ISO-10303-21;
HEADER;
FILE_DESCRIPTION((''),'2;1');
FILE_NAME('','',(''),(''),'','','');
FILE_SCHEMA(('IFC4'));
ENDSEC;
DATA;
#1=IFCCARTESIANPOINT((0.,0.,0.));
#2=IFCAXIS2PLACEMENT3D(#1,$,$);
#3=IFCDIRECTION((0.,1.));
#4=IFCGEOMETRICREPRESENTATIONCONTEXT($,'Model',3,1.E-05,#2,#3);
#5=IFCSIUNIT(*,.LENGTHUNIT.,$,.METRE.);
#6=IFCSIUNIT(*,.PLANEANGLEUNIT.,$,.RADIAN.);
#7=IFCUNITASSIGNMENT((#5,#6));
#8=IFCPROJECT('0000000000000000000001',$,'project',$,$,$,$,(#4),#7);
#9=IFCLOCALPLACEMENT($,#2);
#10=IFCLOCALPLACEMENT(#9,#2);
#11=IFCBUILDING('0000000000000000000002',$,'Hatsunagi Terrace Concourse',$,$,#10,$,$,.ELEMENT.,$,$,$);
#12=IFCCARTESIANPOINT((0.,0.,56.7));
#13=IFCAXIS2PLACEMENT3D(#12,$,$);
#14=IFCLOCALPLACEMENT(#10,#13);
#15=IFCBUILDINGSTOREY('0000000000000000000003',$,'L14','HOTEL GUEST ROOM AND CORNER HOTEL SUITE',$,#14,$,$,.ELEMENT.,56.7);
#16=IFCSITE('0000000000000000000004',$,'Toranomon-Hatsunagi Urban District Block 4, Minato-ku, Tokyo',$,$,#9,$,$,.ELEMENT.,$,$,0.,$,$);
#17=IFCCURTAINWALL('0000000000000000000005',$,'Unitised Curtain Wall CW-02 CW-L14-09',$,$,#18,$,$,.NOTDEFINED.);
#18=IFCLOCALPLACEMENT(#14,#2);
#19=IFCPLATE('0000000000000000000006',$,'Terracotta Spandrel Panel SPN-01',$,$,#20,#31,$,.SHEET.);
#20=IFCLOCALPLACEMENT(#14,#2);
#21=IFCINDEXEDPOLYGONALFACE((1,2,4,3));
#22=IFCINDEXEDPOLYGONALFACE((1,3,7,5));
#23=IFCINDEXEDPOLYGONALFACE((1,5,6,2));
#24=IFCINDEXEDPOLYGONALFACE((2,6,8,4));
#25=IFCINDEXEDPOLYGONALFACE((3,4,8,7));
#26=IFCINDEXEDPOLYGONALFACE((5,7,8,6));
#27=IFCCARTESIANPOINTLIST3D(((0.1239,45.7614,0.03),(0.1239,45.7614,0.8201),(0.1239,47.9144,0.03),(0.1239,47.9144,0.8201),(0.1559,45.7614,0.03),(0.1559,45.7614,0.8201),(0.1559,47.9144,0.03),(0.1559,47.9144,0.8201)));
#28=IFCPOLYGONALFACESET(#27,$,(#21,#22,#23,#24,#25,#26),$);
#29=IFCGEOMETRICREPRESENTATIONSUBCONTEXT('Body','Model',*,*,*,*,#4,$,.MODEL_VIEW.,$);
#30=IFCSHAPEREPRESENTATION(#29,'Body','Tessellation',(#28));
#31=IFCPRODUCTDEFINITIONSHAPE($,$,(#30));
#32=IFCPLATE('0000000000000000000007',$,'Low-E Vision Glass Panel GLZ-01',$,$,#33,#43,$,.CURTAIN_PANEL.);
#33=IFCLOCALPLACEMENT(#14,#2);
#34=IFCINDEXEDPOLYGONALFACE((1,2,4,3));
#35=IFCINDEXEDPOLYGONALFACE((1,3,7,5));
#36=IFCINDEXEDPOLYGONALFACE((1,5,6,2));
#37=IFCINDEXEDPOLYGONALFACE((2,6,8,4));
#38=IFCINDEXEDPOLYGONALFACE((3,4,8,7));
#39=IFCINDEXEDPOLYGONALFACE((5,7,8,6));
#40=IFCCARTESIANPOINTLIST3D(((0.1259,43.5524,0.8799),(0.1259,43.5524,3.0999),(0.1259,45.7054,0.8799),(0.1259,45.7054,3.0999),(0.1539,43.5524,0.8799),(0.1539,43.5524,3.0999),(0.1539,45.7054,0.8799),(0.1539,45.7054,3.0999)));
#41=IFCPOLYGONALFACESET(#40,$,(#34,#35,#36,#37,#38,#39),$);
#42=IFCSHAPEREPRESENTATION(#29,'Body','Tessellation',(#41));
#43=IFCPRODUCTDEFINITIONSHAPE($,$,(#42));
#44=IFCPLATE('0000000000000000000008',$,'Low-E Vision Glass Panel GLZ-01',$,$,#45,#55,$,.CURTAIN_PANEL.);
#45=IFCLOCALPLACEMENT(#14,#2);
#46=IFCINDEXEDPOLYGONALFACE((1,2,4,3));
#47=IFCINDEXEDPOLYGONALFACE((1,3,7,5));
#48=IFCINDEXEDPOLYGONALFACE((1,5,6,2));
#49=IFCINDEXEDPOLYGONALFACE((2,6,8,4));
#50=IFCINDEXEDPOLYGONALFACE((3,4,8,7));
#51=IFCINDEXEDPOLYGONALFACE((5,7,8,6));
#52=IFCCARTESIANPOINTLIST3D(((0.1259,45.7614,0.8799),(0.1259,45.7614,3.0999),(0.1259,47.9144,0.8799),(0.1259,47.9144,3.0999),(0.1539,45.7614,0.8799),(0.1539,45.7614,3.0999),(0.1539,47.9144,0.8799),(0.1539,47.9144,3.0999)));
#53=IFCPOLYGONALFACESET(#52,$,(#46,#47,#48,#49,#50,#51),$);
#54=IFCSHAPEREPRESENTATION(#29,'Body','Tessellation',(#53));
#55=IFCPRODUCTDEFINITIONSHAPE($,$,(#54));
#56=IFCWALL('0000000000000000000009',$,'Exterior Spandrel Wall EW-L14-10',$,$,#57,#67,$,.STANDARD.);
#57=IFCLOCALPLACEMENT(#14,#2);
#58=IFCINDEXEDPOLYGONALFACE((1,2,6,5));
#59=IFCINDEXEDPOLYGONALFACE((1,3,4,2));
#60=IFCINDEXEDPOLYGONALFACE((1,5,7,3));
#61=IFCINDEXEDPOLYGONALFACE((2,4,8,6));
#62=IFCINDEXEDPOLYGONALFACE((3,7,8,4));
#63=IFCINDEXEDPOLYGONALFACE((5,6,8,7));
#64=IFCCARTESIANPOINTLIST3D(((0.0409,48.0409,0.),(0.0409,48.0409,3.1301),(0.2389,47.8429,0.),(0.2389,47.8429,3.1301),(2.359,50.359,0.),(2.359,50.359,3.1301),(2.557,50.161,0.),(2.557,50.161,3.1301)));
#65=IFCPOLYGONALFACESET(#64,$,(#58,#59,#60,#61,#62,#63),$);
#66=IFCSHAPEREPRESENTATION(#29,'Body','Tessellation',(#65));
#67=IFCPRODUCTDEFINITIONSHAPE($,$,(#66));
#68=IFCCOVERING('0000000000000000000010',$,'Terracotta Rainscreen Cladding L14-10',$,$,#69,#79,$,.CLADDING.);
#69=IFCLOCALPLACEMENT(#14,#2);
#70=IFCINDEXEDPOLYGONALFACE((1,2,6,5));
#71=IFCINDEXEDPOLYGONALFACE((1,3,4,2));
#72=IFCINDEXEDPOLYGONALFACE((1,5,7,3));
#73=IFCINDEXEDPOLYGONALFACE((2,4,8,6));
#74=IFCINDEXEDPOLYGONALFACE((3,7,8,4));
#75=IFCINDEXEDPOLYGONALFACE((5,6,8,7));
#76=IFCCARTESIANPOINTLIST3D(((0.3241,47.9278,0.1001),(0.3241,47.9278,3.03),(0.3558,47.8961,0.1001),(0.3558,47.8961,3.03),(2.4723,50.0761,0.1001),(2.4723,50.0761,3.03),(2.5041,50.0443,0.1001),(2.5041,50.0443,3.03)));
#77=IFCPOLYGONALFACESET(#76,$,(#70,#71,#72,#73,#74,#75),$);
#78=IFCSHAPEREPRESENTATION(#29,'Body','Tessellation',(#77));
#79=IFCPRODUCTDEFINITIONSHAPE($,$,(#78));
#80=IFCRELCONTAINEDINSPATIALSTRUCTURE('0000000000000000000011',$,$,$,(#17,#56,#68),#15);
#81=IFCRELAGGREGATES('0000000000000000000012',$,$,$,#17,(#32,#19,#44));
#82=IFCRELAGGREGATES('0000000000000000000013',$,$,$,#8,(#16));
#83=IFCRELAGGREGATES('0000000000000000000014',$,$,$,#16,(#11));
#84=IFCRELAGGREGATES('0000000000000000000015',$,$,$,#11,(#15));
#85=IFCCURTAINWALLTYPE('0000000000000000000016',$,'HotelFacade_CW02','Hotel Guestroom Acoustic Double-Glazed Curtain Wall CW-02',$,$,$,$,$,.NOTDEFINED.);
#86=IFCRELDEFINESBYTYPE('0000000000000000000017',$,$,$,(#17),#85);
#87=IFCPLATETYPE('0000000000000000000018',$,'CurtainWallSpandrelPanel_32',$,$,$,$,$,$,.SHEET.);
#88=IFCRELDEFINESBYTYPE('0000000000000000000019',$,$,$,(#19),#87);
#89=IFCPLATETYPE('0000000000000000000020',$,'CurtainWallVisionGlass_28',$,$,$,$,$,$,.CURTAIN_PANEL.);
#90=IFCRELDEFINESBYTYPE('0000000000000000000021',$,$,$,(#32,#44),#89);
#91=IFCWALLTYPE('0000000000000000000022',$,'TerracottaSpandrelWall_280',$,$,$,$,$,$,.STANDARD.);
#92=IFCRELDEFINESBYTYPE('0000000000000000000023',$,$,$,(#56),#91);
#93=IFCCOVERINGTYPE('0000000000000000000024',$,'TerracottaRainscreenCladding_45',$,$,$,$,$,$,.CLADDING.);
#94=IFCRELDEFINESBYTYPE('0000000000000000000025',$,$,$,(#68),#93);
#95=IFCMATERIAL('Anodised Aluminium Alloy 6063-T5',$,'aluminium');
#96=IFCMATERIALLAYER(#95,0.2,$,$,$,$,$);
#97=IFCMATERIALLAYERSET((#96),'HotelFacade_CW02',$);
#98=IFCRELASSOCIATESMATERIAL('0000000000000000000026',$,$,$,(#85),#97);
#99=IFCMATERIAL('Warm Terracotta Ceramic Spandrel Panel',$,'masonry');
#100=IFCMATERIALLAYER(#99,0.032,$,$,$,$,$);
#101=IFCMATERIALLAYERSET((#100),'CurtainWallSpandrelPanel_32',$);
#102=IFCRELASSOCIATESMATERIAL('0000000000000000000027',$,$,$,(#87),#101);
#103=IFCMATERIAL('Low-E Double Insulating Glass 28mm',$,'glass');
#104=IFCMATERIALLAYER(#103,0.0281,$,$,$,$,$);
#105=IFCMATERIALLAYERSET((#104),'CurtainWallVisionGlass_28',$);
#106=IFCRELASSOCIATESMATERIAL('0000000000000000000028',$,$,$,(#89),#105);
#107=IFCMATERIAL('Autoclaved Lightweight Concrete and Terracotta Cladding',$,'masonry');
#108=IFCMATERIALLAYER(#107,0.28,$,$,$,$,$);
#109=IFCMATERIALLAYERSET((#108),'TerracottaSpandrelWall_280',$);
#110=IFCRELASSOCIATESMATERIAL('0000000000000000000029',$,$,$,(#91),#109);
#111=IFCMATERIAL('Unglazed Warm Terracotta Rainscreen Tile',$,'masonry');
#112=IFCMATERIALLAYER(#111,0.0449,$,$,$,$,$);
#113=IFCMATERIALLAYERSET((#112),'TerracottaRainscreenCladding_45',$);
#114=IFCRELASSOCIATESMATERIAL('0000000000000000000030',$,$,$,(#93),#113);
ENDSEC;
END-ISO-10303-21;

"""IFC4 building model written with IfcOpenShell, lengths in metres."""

from ifc_helpers import new_model, si_unit, direction, frame, frame_2d, origin, origin_2d, place, context, subcontext, project, spatial, rectangle, extrude, material, layer, layer_set, type_object, element, aggregate, save


model = new_model("IFC4")

# Units and contexts
model_context = context("Model", 3, precision=1e-05, world=origin(), true_north=direction((0.0, 1.0)))
body_context = subcontext(model_context, "Body", "Model", "MODEL_VIEW")
ifc_project = project(units=[si_unit("LENGTHUNIT", "METRE"), si_unit("PLANEANGLEUNIT", "RADIAN")], contexts=[model_context])

# Site, building, storey
site_placement = place(None, origin())
site = spatial("IfcSite", under=ifc_project, at=site_placement, Name="Toranomon-Hatsunagi Urban District Block 4, Minato-ku, Tokyo", CompositionType="ELEMENT", RefElevation=0.0)
building_placement = place(site_placement, origin())
building = spatial("IfcBuilding", under=site, at=building_placement, Name="Hatsunagi Terrace Concourse", CompositionType="ELEMENT")
storey_placement = place(building_placement, frame((0.0, 0.0, 56.7)))
storey = spatial("IfcBuildingStorey", under=building, at=storey_placement, Name="L14", Description="HOTEL GUEST ROOM AND CORNER HOTEL SUITE", CompositionType="ELEMENT", Elevation=56.7)

# Curtain wall
ifc_material_1 = material(Name="Anodised Aluminium Alloy 6063-T5", Category="aluminium")
ifc_layer_1 = layer(ifc_material_1, 0.2)
ifc_layer_set_1 = layer_set([ifc_layer_1], Name="HotelFacade_CW02")
curtain_wall_type = type_object("IfcCurtainWallType", Name="HotelFacade_CW02", Description="Hotel Guestroom Acoustic Double-Glazed Curtain Wall CW-02", PredefinedType="NOTDEFINED", material=ifc_layer_set_1)
curtain_wall_placement = place(storey_placement, origin())
curtain_wall = element("IfcCurtainWall", 1, at=curtain_wall_placement, inside=storey, type_object=curtain_wall_type, Name="Unitised Curtain Wall CW-02 CW-L14-09", PredefinedType="NOTDEFINED")

# Plates
ifc_material_2 = material(Name="Warm Terracotta Ceramic Spandrel Panel", Category="masonry")
ifc_layer_2 = layer(ifc_material_2, 0.032)
ifc_layer_set_2 = layer_set([ifc_layer_2], Name="CurtainWallSpandrelPanel_32")
plate_type_1 = type_object("IfcPlateType", Name="CurtainWallSpandrelPanel_32", PredefinedType="SHEET", material=ifc_layer_set_2)
plate_1_placement = place(storey_placement, frame((0.1399, 46.8379, 0.03), z_axis=(0.0, 0.0, 1.0), x_axis=(0.0, 1.0, 0.0)))
plate_1 = element("IfcPlate", 2, at=plate_1_placement, type_object=plate_type_1, Name="Terracotta Spandrel Panel SPN-01", PredefinedType="SHEET", context=body_context, shape_type="SweptSolid", body=[
    extrude(rectangle(XDim=2.1531, YDim=0.032, at=origin_2d()), origin(), (0.0, 0.0, 1.0), 0.79),
])
ifc_material_3 = material(Name="Low-E Double Insulating Glass 28mm", Category="glass")
ifc_layer_3 = layer(ifc_material_3, 0.0281)
ifc_layer_set_3 = layer_set([ifc_layer_3], Name="CurtainWallVisionGlass_28")
plate_type_2 = type_object("IfcPlateType", Name="CurtainWallVisionGlass_28", PredefinedType="CURTAIN_PANEL", material=ifc_layer_set_3)
plate_2_placement = place(storey_placement, frame((0.1399, 44.6289, 0.8799), z_axis=(0.0, 0.0, 1.0), x_axis=(0.0, 1.0, 0.0)))
plate_2 = element("IfcPlate", 3, at=plate_2_placement, type_object=plate_type_2, Name="Low-E Vision Glass Panel GLZ-01", PredefinedType="CURTAIN_PANEL", context=body_context, shape_type="SweptSolid", body=[
    extrude(rectangle(XDim=2.1531, YDim=0.0281, at=origin_2d()), origin(), (0.0, 0.0, 1.0), 2.22),
])
plate_3_placement = place(storey_placement, frame((0.1399, 46.8379, 0.8799), z_axis=(0.0, 0.0, 1.0), x_axis=(0.0, 1.0, 0.0)))
plate_3 = element("IfcPlate", 4, at=plate_3_placement, type_object=plate_type_2, Name="Low-E Vision Glass Panel GLZ-01", PredefinedType="CURTAIN_PANEL", context=body_context, shape_type="SweptSolid", body=[
    extrude(rectangle(XDim=2.1531, YDim=0.0281, at=origin_2d()), origin(), (0.0, 0.0, 1.0), 2.22),
])
aggregate(curtain_wall, [plate_2, plate_1, plate_3])

# Wall
ifc_material_4 = material(Name="Autoclaved Lightweight Concrete and Terracotta Cladding", Category="masonry")
ifc_layer_4 = layer(ifc_material_4, 0.28)
ifc_layer_set_4 = layer_set([ifc_layer_4], Name="TerracottaSpandrelWall_280")
wall_type = type_object("IfcWallType", Name="TerracottaSpandrelWall_280", PredefinedType="STANDARD", material=ifc_layer_set_4)
wall_1_placement = place(storey_placement, frame((0.1399, 47.9419, 0.0), z_axis=(0.0, 0.0, 1.0), x_axis=(0.707107, 0.707107, 0.0)))
element("IfcWall", 5, at=wall_1_placement, inside=storey, type_object=wall_type, Name="Exterior Spandrel Wall EW-L14-10", PredefinedType="STANDARD", context=body_context, shape_type="SweptSolid", body=[
    extrude(rectangle(XDim=3.2783, YDim=0.28, at=frame_2d((1.6392, 0.0))), origin(), (0.0, 0.0, 1.0), 3.1301),
])

# Covering
ifc_material_5 = material(Name="Unglazed Warm Terracotta Rainscreen Tile", Category="masonry")
ifc_layer_5 = layer(ifc_material_5, 0.0449)
ifc_layer_set_5 = layer_set([ifc_layer_5], Name="TerracottaRainscreenCladding_45")
covering_type = type_object("IfcCoveringType", Name="TerracottaRainscreenCladding_45", PredefinedType="CLADDING", material=ifc_layer_set_5)
covering_placement = place(storey_placement, frame((1.4141, 48.9861, 0.1001), z_axis=(0.0, 0.0, 1.0), x_axis=(0.707107, 0.707107, 0.0)))
element("IfcCovering", 6, at=covering_placement, inside=storey, type_object=covering_type, Name="Terracotta Rainscreen Cladding L14-10", PredefinedType="CLADDING", context=body_context, shape_type="SweptSolid", body=[
    extrude(rectangle(XDim=3.0381, YDim=0.0449, at=origin_2d()), origin(), (0.0, 0.0, 1.0), 2.9299),
])

save(model, "model.ifc")
